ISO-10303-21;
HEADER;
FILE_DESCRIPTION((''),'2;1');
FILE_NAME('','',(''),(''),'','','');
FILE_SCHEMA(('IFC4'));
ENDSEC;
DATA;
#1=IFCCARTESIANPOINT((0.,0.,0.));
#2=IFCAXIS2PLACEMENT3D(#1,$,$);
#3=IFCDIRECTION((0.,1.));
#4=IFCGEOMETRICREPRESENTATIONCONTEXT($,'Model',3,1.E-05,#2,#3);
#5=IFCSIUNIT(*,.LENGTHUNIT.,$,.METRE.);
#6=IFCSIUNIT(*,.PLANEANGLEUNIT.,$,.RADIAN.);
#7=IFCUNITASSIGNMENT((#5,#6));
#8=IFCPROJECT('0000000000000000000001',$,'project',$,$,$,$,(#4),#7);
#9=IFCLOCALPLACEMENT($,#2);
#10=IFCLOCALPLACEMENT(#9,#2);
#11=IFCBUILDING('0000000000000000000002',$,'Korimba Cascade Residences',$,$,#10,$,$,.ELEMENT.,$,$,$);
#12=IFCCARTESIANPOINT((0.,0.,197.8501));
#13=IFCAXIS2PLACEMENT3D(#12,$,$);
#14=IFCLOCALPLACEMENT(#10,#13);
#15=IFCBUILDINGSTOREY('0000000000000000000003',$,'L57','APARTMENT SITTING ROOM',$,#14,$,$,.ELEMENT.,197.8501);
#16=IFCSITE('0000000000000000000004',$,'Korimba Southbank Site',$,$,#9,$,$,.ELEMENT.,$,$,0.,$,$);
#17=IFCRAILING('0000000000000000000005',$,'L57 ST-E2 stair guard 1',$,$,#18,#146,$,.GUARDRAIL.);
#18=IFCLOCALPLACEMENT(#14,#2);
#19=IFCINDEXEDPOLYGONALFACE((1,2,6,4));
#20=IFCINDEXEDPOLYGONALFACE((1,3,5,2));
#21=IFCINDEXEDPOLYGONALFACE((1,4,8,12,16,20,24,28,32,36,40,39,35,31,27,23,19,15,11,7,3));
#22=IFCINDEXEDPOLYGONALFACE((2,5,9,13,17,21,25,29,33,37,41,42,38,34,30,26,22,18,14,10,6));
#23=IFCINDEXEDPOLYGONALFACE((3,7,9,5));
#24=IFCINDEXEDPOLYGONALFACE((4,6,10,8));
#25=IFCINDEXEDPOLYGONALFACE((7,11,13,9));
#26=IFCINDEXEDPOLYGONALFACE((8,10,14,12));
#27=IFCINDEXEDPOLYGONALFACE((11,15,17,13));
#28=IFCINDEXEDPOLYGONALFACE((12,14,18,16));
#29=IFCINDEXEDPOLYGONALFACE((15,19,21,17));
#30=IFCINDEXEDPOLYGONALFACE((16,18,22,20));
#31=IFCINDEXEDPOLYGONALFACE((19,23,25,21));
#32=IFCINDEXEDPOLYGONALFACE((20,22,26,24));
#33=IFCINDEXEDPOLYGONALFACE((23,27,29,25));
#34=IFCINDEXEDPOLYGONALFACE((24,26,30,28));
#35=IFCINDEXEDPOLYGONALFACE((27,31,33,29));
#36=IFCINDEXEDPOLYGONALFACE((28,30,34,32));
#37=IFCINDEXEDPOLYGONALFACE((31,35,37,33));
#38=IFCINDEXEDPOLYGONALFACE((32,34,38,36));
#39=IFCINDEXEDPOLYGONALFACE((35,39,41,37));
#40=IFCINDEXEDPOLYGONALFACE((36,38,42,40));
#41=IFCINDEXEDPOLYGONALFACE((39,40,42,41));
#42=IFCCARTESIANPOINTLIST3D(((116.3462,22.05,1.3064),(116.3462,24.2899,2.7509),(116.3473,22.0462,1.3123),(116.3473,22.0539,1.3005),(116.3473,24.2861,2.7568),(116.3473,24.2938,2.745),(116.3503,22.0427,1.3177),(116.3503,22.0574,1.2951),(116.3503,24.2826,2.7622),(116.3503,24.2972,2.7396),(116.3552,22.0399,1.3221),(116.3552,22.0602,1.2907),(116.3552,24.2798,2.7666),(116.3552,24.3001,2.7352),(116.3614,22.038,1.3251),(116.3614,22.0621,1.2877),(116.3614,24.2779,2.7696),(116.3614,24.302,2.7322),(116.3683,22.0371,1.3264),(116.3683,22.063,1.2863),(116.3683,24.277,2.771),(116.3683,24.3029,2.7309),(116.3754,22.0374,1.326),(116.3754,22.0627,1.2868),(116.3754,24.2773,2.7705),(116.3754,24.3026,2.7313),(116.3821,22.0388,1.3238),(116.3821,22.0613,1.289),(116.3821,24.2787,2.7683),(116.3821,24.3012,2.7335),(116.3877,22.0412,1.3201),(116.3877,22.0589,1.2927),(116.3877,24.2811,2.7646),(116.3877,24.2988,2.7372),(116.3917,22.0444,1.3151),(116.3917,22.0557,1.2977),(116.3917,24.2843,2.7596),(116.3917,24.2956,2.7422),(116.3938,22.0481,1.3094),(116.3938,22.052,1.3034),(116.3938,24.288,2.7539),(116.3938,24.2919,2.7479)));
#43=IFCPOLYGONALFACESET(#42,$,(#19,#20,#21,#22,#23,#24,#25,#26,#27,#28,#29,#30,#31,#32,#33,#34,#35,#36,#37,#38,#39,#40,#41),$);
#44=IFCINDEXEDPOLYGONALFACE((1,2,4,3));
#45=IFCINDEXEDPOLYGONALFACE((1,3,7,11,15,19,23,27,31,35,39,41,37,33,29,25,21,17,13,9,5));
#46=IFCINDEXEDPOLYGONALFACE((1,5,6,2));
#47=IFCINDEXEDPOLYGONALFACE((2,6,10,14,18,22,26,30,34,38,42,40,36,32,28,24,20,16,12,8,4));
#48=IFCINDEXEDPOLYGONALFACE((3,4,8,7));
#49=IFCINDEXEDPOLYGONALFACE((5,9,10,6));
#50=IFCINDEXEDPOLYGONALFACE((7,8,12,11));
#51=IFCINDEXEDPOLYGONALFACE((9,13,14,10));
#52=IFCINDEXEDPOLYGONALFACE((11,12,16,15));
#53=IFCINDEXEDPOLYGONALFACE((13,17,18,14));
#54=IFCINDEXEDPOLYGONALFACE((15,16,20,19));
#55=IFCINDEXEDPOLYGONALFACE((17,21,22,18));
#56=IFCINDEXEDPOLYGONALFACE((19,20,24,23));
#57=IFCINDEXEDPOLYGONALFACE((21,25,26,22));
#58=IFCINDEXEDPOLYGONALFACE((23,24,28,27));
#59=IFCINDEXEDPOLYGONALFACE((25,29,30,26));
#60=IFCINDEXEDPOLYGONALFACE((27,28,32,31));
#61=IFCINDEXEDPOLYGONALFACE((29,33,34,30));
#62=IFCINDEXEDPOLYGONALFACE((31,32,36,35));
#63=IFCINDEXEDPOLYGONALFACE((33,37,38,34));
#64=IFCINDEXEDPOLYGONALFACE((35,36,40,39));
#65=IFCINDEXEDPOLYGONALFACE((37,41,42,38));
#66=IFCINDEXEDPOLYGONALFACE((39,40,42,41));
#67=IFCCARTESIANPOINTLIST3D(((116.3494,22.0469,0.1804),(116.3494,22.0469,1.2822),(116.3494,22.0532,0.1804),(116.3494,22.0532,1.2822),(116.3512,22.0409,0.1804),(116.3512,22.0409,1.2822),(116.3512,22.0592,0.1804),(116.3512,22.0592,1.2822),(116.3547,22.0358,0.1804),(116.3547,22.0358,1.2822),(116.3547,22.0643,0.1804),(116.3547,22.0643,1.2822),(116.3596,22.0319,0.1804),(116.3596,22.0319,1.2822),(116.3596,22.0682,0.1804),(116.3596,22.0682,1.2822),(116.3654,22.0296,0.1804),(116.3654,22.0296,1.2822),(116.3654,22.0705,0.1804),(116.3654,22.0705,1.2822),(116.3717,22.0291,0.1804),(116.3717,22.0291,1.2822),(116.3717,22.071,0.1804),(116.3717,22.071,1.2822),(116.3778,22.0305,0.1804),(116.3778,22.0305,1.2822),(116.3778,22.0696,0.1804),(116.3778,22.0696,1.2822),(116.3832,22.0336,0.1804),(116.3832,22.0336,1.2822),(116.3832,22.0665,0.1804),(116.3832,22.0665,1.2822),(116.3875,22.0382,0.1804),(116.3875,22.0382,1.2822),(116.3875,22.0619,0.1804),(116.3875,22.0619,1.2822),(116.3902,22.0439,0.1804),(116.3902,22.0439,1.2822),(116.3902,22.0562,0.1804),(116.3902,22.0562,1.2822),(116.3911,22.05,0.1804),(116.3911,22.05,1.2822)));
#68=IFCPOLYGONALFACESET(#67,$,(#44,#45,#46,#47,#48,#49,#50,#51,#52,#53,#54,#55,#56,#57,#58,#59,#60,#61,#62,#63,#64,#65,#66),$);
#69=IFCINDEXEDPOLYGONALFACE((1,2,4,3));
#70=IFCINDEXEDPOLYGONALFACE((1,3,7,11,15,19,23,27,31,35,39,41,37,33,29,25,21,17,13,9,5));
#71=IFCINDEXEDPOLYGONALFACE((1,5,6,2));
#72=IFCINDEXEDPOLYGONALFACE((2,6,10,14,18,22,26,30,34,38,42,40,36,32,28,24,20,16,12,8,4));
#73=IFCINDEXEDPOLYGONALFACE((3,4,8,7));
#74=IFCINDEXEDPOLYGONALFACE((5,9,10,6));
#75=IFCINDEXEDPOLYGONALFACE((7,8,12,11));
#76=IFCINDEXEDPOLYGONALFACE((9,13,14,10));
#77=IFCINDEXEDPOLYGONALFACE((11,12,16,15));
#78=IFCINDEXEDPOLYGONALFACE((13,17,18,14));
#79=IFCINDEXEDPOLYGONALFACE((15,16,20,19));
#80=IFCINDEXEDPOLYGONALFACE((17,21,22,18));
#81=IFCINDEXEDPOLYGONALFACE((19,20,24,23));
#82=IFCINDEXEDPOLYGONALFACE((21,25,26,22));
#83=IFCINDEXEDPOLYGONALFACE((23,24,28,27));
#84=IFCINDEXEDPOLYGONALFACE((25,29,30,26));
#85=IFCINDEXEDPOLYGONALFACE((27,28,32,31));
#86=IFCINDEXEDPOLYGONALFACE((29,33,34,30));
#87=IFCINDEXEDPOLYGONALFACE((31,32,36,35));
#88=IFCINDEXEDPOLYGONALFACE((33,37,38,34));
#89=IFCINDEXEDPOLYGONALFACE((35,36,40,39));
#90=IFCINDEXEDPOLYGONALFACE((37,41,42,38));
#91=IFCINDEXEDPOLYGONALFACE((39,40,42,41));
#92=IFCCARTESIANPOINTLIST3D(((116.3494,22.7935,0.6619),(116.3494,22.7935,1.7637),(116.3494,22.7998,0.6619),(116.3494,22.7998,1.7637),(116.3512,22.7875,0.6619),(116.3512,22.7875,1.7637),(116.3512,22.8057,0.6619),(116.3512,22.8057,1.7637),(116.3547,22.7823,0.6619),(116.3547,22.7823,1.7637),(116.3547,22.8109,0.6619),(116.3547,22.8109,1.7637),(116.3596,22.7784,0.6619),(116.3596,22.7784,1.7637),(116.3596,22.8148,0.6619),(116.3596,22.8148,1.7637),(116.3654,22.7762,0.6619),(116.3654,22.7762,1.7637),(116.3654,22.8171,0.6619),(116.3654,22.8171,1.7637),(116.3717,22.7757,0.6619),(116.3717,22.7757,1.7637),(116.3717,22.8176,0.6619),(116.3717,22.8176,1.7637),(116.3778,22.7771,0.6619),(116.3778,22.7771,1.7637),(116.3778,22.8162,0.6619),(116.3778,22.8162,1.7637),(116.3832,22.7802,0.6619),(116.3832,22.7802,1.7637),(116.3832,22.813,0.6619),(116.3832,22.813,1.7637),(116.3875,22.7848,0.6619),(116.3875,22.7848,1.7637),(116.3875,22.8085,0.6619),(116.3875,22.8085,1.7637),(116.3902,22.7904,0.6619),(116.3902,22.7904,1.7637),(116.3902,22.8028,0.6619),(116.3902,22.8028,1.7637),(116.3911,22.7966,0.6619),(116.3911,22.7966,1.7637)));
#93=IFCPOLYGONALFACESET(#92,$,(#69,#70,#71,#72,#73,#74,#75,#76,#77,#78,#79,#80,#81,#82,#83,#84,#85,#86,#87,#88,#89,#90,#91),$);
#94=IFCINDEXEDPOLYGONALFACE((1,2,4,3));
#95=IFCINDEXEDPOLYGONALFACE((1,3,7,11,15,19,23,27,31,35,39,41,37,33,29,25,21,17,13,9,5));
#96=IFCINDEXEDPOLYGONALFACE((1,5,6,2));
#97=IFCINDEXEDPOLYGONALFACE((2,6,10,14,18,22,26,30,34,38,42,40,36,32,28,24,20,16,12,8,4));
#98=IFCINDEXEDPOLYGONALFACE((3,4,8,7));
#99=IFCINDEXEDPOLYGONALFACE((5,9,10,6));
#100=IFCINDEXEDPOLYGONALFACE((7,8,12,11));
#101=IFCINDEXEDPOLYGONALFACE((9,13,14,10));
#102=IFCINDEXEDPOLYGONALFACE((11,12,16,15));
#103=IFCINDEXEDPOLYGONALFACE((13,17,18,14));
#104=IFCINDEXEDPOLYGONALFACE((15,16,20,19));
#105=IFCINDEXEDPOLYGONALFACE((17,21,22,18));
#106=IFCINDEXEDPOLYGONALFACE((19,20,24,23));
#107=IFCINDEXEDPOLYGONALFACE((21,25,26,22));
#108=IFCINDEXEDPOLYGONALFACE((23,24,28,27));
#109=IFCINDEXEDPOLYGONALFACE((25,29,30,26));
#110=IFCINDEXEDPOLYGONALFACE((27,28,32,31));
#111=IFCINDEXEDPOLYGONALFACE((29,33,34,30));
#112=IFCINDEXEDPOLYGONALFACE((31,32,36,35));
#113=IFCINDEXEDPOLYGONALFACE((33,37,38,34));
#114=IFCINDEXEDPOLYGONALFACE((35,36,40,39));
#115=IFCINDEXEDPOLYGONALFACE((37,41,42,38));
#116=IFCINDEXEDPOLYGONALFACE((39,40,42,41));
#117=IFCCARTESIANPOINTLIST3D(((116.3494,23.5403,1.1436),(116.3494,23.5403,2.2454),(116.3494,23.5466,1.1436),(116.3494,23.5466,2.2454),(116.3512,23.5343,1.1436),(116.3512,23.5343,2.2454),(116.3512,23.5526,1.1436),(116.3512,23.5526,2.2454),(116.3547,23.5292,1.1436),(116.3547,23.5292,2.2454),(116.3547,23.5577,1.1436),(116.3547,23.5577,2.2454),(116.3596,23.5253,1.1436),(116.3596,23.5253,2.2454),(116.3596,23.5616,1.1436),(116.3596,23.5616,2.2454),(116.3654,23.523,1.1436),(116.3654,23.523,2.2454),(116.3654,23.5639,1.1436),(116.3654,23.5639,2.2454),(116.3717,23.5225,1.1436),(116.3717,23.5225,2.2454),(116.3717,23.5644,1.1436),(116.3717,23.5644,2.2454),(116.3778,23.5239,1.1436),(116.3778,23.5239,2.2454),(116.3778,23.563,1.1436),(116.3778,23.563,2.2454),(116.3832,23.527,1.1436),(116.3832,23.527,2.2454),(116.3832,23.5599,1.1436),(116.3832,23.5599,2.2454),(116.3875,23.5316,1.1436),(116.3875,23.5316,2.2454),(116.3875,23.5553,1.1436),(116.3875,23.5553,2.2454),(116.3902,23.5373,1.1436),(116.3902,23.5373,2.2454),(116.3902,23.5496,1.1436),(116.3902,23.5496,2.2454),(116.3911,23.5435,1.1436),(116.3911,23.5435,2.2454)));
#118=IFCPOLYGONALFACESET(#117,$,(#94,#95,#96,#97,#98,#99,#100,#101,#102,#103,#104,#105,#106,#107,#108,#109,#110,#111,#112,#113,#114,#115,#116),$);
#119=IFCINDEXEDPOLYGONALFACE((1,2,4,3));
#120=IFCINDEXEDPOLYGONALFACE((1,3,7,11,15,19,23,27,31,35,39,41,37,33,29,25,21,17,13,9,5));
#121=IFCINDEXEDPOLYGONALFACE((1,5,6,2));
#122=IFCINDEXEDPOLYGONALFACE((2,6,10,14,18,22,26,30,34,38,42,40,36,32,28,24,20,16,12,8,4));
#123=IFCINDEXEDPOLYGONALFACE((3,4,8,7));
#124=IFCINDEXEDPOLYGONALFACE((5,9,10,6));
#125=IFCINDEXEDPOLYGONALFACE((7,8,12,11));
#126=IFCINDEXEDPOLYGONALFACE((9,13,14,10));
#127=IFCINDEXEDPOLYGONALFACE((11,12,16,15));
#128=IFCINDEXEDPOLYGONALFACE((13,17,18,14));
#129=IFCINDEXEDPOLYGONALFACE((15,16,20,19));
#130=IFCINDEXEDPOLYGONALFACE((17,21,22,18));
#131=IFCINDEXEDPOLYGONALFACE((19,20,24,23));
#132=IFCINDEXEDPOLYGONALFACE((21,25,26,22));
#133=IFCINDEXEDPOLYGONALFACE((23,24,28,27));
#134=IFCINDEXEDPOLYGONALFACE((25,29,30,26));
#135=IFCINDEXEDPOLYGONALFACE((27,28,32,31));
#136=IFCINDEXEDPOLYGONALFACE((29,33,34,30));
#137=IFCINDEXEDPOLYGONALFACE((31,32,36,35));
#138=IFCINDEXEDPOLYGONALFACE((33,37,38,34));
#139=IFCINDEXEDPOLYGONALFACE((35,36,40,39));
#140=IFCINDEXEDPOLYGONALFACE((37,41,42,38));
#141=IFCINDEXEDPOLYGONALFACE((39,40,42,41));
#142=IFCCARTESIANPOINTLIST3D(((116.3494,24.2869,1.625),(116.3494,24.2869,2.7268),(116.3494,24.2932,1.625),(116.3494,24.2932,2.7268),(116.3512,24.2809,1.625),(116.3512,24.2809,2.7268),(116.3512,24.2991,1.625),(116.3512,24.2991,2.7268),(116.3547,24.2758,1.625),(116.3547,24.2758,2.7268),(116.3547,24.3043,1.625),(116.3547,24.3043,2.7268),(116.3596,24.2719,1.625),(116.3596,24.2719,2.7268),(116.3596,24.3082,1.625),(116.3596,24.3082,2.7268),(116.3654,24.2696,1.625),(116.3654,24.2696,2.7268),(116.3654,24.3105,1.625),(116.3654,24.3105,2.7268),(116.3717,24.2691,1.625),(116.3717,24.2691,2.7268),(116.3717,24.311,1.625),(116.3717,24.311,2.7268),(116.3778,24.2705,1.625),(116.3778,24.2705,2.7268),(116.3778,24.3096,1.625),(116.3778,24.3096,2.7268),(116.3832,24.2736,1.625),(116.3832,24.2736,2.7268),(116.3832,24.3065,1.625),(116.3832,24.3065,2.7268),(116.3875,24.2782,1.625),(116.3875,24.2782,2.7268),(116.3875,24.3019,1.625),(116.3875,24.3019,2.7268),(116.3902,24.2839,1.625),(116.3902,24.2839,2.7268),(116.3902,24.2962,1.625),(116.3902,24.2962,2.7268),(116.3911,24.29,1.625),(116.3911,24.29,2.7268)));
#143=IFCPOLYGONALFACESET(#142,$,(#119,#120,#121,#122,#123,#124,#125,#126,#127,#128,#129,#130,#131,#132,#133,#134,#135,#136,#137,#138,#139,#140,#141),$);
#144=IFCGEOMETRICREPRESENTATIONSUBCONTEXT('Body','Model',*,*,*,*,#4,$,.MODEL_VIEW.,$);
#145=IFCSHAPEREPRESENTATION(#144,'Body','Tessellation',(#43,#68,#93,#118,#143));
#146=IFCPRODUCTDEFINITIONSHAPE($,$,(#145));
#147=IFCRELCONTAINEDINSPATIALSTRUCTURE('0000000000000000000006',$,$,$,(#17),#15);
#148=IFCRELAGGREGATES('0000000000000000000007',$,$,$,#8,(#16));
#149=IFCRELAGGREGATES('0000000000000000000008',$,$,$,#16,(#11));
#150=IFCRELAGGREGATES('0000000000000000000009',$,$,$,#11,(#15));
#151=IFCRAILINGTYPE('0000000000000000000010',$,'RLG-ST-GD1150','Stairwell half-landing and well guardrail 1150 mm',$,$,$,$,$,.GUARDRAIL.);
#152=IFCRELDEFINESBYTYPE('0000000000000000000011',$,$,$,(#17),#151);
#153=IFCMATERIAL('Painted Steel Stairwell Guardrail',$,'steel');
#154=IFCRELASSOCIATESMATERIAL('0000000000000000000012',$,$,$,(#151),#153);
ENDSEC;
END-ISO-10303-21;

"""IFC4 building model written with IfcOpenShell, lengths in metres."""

from ifc_helpers import new_model, si_unit, direction, frame, origin, origin_2d, place, context, subcontext, project, spatial, circle, extrude, material, type_object, element, save


model = new_model("IFC4")

# Units and contexts
model_context = context("Model", 3, precision=1e-05, world=origin(), true_north=direction((0.0, 1.0)))
body_context = subcontext(model_context, "Body", "Model", "MODEL_VIEW")
ifc_project = project(units=[si_unit("LENGTHUNIT", "METRE"), si_unit("PLANEANGLEUNIT", "RADIAN")], contexts=[model_context])

# Site, building, storey
site_placement = place(None, origin())
site = spatial("IfcSite", under=ifc_project, at=site_placement, Name="Korimba Southbank Site", CompositionType="ELEMENT", RefElevation=0.0)
building_placement = place(site_placement, origin())
building = spatial("IfcBuilding", under=site, at=building_placement, Name="Korimba Cascade Residences", CompositionType="ELEMENT")
storey_placement = place(building_placement, frame((0.0, 0.0, 197.8501)))
storey = spatial("IfcBuildingStorey", under=building, at=storey_placement, Name="L57", Description="APARTMENT SITTING ROOM", CompositionType="ELEMENT", Elevation=197.8501)

# Railing
ifc_material_1 = material(Name="Painted Steel Stairwell Guardrail", Category="steel")
railing_type_1 = type_object("IfcRailingType", Name="RLG-ST-GD1150", Description="Stairwell half-landing and well guardrail 1150 mm", PredefinedType="GUARDRAIL", material=ifc_material_1)
railing_1_placement = place(storey_placement, frame((116.3701, 22.05, 0.1804)))
element("IfcRailing", 1, at=railing_1_placement, inside=storey, type_object=railing_type_1, Name="L57 ST-E2 stair guard 1", PredefinedType="GUARDRAIL", context=body_context, shape_type="SweptSolid", body=[
    extrude(circle(Radius=0.0239, at=origin_2d()), frame((0.0, 0.0, 1.126), z_axis=(0.0, 0.840395, 0.541975), x_axis=(-1.0, 0.0, 0.0)), (0.0, 0.0, 1.0), 2.6653),
    extrude(circle(Radius=0.021, at=origin_2d()), origin(), (0.0, 0.0, 1.0), 1.1018),
    extrude(circle(Radius=0.021, at=origin_2d()), frame((0.0, 0.7466, 0.4814)), (0.0, 0.0, 1.0), 1.1018),
    extrude(circle(Radius=0.021, at=origin_2d()), frame((0.0, 1.4934, 0.9631)), (0.0, 0.0, 1.0), 1.1018),
    extrude(circle(Radius=0.021, at=origin_2d()), frame((0.0, 2.24, 1.4446)), (0.0, 0.0, 1.0), 1.1018),
])

save(model, "model.ifc")
